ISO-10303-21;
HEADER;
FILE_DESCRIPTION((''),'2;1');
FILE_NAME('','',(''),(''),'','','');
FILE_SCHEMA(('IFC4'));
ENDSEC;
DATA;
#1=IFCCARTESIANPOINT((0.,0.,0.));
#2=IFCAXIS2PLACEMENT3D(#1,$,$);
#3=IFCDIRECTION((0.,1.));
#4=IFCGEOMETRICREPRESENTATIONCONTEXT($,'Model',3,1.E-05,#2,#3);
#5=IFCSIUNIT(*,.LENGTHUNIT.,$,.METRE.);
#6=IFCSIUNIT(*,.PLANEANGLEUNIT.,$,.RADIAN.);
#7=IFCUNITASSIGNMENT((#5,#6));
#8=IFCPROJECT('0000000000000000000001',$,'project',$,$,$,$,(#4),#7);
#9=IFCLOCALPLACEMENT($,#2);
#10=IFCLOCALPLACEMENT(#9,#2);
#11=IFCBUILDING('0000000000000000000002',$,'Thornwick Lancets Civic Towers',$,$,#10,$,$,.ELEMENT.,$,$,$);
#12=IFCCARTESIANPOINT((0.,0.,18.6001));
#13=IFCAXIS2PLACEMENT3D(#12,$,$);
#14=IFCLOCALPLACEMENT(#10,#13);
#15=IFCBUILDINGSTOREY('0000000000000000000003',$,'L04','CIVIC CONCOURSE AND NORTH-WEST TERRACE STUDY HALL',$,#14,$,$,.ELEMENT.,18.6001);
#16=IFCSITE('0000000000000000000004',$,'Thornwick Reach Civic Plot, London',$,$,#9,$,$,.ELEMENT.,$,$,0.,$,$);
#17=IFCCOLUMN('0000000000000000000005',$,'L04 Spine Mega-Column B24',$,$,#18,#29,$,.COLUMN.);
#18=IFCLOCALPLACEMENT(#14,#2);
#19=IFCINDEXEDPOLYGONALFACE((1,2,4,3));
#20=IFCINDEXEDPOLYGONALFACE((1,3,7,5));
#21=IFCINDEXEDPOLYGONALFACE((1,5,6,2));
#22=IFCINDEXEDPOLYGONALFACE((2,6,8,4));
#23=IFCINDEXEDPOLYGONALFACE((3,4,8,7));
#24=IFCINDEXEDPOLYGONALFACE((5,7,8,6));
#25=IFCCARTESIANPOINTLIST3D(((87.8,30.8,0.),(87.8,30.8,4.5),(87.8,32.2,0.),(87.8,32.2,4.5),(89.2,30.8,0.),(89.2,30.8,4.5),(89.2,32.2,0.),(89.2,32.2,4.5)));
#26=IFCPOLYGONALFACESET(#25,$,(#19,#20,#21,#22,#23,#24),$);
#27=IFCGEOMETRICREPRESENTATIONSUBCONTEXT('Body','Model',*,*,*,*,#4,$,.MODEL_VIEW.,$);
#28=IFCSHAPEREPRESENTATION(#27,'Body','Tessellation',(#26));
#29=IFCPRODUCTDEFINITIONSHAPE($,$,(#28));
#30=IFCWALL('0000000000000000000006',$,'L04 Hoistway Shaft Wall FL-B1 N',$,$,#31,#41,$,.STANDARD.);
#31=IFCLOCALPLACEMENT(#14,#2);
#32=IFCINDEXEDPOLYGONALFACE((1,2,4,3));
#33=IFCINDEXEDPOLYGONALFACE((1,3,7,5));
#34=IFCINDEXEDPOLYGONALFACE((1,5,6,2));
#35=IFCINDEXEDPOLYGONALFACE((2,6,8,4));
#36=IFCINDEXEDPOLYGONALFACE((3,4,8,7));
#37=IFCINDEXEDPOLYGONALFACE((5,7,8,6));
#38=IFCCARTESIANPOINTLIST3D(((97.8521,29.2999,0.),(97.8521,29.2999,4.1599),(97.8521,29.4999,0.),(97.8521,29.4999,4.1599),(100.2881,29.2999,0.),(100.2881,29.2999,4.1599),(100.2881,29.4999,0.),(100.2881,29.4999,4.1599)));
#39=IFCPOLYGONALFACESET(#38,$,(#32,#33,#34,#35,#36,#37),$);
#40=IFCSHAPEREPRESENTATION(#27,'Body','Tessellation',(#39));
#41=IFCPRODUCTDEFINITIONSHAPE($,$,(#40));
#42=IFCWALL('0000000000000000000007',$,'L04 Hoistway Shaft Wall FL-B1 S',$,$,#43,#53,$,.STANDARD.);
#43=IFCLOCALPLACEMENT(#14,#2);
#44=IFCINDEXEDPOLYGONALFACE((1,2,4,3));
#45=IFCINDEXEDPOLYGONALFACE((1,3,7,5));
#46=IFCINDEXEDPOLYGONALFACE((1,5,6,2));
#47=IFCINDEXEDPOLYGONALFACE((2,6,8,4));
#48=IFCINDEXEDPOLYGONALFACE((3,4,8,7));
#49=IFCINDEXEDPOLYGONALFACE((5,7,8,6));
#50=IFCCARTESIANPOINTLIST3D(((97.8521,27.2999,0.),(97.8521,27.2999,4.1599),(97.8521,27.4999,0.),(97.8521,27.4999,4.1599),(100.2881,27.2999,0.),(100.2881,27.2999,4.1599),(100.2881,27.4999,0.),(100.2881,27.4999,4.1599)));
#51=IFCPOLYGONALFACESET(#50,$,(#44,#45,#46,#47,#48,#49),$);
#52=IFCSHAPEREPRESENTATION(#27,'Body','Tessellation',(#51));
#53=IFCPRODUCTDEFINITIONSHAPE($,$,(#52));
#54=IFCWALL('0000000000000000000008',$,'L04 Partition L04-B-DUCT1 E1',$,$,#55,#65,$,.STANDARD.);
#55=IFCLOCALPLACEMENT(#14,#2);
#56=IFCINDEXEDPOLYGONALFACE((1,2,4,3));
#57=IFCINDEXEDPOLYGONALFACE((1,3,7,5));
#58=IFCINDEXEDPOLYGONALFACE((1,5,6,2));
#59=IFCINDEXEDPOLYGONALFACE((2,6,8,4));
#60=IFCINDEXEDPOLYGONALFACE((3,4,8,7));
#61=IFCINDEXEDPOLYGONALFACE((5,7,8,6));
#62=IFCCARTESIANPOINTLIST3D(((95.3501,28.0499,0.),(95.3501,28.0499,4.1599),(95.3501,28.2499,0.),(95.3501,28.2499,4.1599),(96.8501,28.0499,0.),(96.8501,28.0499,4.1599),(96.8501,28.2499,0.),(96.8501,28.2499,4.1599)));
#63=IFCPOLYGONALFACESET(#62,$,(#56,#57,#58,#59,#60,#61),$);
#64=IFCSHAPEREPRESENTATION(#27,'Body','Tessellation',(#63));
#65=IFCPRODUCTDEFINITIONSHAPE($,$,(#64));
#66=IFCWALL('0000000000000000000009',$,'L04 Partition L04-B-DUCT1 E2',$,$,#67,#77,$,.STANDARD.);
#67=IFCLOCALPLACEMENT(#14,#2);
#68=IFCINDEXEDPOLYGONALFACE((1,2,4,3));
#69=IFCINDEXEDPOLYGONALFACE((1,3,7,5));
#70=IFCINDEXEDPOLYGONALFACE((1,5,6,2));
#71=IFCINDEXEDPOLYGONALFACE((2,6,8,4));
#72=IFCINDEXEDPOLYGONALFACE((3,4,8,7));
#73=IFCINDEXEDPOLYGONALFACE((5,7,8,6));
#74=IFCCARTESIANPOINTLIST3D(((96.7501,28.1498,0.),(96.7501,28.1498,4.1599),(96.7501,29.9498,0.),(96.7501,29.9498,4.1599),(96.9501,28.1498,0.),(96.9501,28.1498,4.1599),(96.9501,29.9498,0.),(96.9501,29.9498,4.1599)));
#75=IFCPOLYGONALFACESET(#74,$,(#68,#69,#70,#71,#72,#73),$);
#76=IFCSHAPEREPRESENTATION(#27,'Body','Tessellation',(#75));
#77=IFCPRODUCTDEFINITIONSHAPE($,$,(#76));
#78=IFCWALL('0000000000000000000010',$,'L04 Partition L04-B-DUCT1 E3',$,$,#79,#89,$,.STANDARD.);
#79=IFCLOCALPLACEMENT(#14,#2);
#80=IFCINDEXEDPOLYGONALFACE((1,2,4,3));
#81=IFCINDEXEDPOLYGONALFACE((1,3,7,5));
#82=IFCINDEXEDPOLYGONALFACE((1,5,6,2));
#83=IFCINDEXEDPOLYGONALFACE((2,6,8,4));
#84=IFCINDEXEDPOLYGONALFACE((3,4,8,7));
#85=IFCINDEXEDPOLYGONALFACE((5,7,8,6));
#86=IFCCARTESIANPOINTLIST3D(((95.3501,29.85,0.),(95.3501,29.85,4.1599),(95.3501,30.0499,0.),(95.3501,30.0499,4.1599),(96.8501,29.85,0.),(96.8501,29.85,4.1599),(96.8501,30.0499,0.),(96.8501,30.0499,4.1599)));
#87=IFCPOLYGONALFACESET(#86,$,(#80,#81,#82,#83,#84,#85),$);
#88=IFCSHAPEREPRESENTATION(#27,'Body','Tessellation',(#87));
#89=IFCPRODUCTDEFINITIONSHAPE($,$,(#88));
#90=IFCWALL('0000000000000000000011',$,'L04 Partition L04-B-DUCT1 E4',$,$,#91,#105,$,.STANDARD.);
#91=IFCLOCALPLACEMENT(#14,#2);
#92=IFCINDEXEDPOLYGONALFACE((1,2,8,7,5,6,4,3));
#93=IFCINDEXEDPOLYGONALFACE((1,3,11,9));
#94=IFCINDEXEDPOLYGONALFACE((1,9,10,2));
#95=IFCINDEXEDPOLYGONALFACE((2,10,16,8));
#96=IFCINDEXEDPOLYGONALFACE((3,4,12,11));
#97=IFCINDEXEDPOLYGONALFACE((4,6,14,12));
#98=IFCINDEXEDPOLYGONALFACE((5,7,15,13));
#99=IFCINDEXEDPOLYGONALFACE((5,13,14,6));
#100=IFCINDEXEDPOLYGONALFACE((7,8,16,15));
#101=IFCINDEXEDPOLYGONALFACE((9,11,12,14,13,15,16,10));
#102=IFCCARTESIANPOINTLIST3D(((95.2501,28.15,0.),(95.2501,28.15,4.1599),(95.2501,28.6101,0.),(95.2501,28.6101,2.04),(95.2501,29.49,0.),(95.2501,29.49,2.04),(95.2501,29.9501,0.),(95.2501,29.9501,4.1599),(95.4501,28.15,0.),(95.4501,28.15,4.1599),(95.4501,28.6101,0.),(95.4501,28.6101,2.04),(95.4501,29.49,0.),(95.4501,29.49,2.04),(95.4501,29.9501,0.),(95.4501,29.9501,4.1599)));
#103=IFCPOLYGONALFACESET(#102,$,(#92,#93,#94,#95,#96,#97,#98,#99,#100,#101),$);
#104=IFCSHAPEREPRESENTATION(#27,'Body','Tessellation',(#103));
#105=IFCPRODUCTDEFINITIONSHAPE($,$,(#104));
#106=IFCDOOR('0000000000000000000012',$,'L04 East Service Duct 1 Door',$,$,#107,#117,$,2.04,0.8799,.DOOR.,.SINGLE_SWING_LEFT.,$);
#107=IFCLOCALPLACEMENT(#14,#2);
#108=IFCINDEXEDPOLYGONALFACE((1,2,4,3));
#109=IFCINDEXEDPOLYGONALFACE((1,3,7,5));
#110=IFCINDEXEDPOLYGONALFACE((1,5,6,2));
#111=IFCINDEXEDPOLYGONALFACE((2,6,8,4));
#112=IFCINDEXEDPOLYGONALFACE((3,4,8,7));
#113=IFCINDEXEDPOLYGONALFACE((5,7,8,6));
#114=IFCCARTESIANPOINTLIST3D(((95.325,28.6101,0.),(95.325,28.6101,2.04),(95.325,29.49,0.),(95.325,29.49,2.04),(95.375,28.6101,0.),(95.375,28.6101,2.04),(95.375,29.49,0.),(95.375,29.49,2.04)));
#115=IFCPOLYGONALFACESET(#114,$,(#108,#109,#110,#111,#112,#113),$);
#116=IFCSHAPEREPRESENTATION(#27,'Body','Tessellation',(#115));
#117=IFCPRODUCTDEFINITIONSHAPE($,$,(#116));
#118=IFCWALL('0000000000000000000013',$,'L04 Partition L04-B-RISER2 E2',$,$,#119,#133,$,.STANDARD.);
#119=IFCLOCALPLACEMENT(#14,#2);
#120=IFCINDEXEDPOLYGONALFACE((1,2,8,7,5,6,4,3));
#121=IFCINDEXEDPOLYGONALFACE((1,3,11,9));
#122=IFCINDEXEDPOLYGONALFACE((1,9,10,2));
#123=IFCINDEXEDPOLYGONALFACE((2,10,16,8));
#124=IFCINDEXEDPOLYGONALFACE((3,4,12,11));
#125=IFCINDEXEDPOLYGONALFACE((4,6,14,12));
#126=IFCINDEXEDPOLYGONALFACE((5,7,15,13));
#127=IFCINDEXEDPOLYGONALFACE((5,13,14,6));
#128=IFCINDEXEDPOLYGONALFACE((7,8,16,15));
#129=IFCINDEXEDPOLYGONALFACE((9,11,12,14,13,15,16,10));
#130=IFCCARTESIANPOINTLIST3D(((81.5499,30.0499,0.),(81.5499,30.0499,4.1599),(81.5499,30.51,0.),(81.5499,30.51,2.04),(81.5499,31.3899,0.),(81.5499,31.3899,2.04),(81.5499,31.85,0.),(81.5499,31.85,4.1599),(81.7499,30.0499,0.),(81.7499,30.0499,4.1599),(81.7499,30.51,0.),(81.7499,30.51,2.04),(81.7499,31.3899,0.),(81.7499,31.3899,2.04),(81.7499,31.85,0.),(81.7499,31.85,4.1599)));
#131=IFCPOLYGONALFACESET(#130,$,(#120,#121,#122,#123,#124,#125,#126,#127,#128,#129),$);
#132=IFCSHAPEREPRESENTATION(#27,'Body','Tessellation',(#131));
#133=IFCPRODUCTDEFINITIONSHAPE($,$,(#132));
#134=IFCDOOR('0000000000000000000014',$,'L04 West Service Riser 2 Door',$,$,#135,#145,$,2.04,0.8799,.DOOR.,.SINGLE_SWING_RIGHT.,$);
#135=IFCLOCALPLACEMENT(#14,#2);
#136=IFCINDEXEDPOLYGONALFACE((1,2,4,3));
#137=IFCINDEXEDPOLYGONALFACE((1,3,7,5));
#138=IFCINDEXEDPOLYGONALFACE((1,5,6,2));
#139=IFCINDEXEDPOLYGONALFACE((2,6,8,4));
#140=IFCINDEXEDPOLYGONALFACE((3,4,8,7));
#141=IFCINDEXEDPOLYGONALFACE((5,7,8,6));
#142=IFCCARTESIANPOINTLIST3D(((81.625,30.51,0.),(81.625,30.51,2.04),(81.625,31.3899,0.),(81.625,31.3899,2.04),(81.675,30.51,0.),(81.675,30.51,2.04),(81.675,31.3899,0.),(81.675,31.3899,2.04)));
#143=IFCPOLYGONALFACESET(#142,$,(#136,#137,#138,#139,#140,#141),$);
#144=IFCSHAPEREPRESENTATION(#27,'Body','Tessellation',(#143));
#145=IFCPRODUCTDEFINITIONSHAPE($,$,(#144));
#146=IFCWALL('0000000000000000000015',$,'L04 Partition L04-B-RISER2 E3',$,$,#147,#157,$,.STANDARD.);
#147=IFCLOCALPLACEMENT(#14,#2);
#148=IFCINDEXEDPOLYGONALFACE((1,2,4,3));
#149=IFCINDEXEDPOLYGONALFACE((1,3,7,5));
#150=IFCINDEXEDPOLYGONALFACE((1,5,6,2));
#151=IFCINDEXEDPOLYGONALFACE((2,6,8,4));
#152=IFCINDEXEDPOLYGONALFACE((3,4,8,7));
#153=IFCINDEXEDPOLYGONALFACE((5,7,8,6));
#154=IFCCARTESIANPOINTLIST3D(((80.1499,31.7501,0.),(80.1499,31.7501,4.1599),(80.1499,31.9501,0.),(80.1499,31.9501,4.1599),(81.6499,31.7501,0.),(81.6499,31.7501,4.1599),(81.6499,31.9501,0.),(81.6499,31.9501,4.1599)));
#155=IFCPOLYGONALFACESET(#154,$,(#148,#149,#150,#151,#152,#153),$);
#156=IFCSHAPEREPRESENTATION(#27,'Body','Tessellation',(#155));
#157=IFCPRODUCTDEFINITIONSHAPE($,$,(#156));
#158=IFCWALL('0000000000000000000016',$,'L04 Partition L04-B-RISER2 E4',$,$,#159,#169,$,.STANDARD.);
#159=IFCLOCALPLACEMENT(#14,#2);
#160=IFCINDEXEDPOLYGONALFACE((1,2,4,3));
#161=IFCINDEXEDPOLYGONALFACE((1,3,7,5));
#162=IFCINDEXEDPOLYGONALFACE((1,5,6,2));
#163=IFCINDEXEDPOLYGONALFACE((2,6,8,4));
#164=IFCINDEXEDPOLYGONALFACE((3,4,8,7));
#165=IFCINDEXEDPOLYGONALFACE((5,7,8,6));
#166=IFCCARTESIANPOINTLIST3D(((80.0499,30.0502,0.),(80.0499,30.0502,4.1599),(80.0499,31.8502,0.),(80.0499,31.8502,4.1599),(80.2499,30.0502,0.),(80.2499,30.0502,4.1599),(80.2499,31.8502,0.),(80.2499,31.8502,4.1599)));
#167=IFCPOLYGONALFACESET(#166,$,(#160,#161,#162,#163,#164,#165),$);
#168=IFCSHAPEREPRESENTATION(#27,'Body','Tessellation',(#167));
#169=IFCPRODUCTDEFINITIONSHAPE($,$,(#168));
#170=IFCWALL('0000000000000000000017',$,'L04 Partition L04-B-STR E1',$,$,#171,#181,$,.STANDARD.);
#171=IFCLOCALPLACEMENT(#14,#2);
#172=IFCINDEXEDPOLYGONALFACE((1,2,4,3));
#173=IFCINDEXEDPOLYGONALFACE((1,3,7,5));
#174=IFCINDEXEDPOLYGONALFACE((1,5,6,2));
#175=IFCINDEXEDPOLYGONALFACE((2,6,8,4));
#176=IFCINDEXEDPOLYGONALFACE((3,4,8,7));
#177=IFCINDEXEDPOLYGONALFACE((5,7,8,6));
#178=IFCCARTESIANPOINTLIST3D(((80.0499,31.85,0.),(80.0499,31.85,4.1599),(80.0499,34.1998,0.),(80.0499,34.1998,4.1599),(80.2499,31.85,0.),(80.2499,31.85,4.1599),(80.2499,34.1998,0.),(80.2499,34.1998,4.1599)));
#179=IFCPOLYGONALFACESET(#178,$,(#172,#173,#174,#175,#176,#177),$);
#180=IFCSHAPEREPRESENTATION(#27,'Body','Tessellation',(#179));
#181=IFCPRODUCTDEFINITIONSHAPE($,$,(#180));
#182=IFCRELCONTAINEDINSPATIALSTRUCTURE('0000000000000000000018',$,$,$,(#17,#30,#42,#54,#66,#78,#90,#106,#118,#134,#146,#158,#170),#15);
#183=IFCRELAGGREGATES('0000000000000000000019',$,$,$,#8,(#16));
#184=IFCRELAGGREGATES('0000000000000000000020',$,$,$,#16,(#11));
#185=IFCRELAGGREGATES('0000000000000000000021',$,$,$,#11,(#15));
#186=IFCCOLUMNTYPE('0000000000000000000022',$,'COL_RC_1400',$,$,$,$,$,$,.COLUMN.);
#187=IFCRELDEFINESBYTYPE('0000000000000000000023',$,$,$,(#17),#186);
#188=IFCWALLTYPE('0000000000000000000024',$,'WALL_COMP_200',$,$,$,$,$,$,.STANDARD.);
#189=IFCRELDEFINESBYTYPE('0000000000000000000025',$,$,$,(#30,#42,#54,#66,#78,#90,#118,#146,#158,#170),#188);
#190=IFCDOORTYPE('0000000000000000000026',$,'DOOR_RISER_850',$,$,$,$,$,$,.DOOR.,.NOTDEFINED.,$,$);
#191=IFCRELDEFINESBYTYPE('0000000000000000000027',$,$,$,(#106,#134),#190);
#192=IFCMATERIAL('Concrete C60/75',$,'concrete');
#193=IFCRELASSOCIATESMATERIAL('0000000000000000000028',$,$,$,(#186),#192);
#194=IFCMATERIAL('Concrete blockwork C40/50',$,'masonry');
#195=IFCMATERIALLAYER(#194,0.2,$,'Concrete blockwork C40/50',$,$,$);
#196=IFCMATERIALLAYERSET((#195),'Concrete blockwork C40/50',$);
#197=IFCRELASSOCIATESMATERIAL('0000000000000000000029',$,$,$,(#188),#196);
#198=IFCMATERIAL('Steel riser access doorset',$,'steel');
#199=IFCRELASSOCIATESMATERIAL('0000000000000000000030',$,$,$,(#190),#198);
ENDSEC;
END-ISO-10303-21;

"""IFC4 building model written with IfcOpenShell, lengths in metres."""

from ifc_helpers import new_model, si_unit, direction, frame, frame_2d, origin, origin_2d, place, context, subcontext, project, spatial, rectangle, extrude, material, layer, layer_set, material_profile, profile_set, type_object, element, fill, save


model = new_model("IFC4")

# Units and contexts
model_context = context("Model", 3, precision=1e-05, world=origin(), true_north=direction((0.0, 1.0)))
body_context = subcontext(model_context, "Body", "Model", "MODEL_VIEW")
ifc_project = project(units=[si_unit("LENGTHUNIT", "METRE"), si_unit("PLANEANGLEUNIT", "RADIAN")], contexts=[model_context])

# Site, building, storey
site_placement = place(None, origin())
site = spatial("IfcSite", under=ifc_project, at=site_placement, Name="Thornwick Reach Civic Plot, London", CompositionType="ELEMENT", RefElevation=0.0)
building_placement = place(site_placement, origin())
building = spatial("IfcBuilding", under=site, at=building_placement, Name="Thornwick Lancets Civic Towers", CompositionType="ELEMENT")
storey_placement = place(building_placement, frame((0.0, 0.0, 18.6001)))
storey = spatial("IfcBuildingStorey", under=building, at=storey_placement, Name="L04", Description="CIVIC CONCOURSE AND NORTH-WEST TERRACE STUDY HALL", CompositionType="ELEMENT", Elevation=18.6001)

# Column
ifc_material_1 = material(Name="Concrete C60/75", Category="concrete")
ifc_material_profile = material_profile(ifc_material_1, rectangle(XDim=1.3999, YDim=1.3999, at=origin_2d()), Name="RC 1400x1400")
ifc_profile_set = profile_set([ifc_material_profile], Name="Concrete C60/75")
column_type = type_object("IfcColumnType", Name="COL_RC_1400", PredefinedType="COLUMN", material=ifc_profile_set)
column_placement = place(storey_placement, frame((88.5, 31.5, 0.0), z_axis=(0.0, 0.0, 1.0), x_axis=(1.0, 0.0, 0.0)))
element("IfcColumn", 1, at=column_placement, inside=storey, type_object=column_type, Name="L04 Spine Mega-Column B24", PredefinedType="COLUMN", context=body_context, shape_type="SweptSolid", body=[
    extrude(rectangle(XDim=1.3999, YDim=1.3999, at=origin_2d()), origin(), (0.0, 0.0, 1.0), 4.5),
])

# Walls
ifc_material_2 = material(Name="Concrete blockwork C40/50", Category="masonry")
ifc_layer_1 = layer(ifc_material_2, 0.2, Name="Concrete blockwork C40/50")
ifc_layer_set_1 = layer_set([ifc_layer_1], Name="Concrete blockwork C40/50")
wall_type_1 = type_object("IfcWallType", Name="WALL_COMP_200", PredefinedType="STANDARD", material=ifc_layer_set_1)
for number, where, z_axis, x_axis, name in (
    (2, (97.8521, 29.3999, 0.0), (0.0, 0.0, 1.0), (1.0, 0.0, 0.0), "L04 Hoistway Shaft Wall FL-B1 N"),
    (3, (97.8521, 27.3999, 0.0), (0.0, 0.0, 1.0), (1.0, 0.0, 0.0), "L04 Hoistway Shaft Wall FL-B1 S"),
):
    element("IfcWall", number, at=place(storey_placement, frame(where, z_axis=z_axis, x_axis=x_axis)), inside=storey, type_object=wall_type_1, Name=name, PredefinedType="STANDARD", context=body_context, shape_type="SweptSolid", body=[
        extrude(rectangle(XDim=2.436, YDim=0.2, at=frame_2d((1.218, 0.0))), origin(), (0.0, 0.0, 1.0), 4.1599),
    ])
wall_1_placement = place(storey_placement, frame((95.3501, 28.1499, 0.0), z_axis=(0.0, 0.0, 1.0), x_axis=(1.0, 0.0, 0.0)))
element("IfcWall", 4, at=wall_1_placement, inside=storey, type_object=wall_type_1, Name="L04 Partition L04-B-DUCT1 E1", PredefinedType="STANDARD", context=body_context, shape_type="SweptSolid", body=[
    extrude(rectangle(XDim=1.5, YDim=0.2, at=frame_2d((0.75, 0.0))), origin(), (0.0, 0.0, 1.0), 4.1599),
])
wall_2_placement = place(storey_placement, frame((96.8501, 28.1499, 0.0), z_axis=(0.0, 0.0, 1.0), x_axis=(0.0, 1.0, 0.0)))
element("IfcWall", 5, at=wall_2_placement, inside=storey, type_object=wall_type_1, Name="L04 Partition L04-B-DUCT1 E2", PredefinedType="STANDARD", context=body_context, shape_type="SweptSolid", body=[
    extrude(rectangle(XDim=1.8, YDim=0.2, at=frame_2d((0.8999, 0.0))), origin(), (0.0, 0.0, 1.0), 4.1599),
])
wall_3_placement = place(storey_placement, frame((96.8501, 29.95, 0.0), z_axis=(0.0, 0.0, 1.0), x_axis=(-1.0, 0.0, 0.0)))
element("IfcWall", 6, at=wall_3_placement, inside=storey, type_object=wall_type_1, Name="L04 Partition L04-B-DUCT1 E3", PredefinedType="STANDARD", context=body_context, shape_type="SweptSolid", body=[
    extrude(rectangle(XDim=1.5, YDim=0.2, at=frame_2d((0.75, 0.0))), origin(), (0.0, 0.0, 1.0), 4.1599),
])

# Walls, openings, doors
wall_4_placement = place(storey_placement, frame((95.3501, 29.95, 0.0), z_axis=(0.0, 0.0, 1.0), x_axis=(0.0, -1.0, 0.0)))
wall_4 = element("IfcWall", 7, at=wall_4_placement, inside=storey, type_object=wall_type_1, Name="L04 Partition L04-B-DUCT1 E4", PredefinedType="STANDARD", context=body_context, shape_type="SweptSolid", body=[
    extrude(rectangle(XDim=1.8, YDim=0.2, at=frame_2d((0.8999, 0.0))), origin(), (0.0, 0.0, 1.0), 4.1599),
])
opening_1_placement = place(wall_4_placement, frame((0.46, 0.0, 0.0)))
opening_1 = element("IfcOpeningElement", 8, at=opening_1_placement, cuts=wall_4, PredefinedType="OPENING", context=body_context, shape_type="SweptSolid", body=[
    extrude(rectangle(XDim=0.8799, YDim=2.04, at=frame_2d((0.4399, 1.02))), frame((0.0, 0.1099, 0.0), z_axis=(0.0, -1.0, 0.0), x_axis=(1.0, 0.0, 0.0)), (0.0, 0.0, 1.0), 0.22),
])
ifc_material_3 = material(Name="Steel riser access doorset", Category="steel")
door_type_1 = type_object("IfcDoorType", Name="DOOR_RISER_850", OperationType="NOTDEFINED", PredefinedType="DOOR", material=ifc_material_3)
door_1_placement = place(opening_1_placement, origin())
door_1 = element("IfcDoor", 9, at=door_1_placement, inside=storey, type_object=door_type_1, Name="L04 East Service Duct 1 Door", OperationType="SINGLE_SWING_LEFT", OverallHeight=2.04, OverallWidth=0.8799, PredefinedType="DOOR", context=body_context, shape_type="SweptSolid", body=[
    extrude(rectangle(XDim=0.8799, YDim=2.04, at=frame_2d((0.4399, 1.02))), frame((0.0, 0.0249, 0.0), z_axis=(0.0, -1.0, 0.0), x_axis=(1.0, 0.0, 0.0)), (0.0, 0.0, 1.0), 0.05),
])
fill(opening_1, door_1)
wall_5_placement = place(storey_placement, frame((81.6499, 30.05, 0.0), z_axis=(0.0, 0.0, 1.0), x_axis=(0.0, 1.0, 0.0)))
wall_5 = element("IfcWall", 10, at=wall_5_placement, inside=storey, type_object=wall_type_1, Name="L04 Partition L04-B-RISER2 E2", PredefinedType="STANDARD", context=body_context, shape_type="SweptSolid", body=[
    extrude(rectangle(XDim=1.8, YDim=0.2, at=frame_2d((0.8999, 0.0))), origin(), (0.0, 0.0, 1.0), 4.1599),
])
opening_2_placement = place(wall_5_placement, frame((0.46, 0.0, 0.0)))
opening_2 = element("IfcOpeningElement", 11, at=opening_2_placement, cuts=wall_5, PredefinedType="OPENING", context=body_context, shape_type="SweptSolid", body=[
    extrude(rectangle(XDim=0.8799, YDim=2.04, at=frame_2d((0.4399, 1.02))), frame((0.0, 0.1099, 0.0), z_axis=(0.0, -1.0, 0.0), x_axis=(1.0, 0.0, 0.0)), (0.0, 0.0, 1.0), 0.22),
])
door_2_placement = place(opening_2_placement, origin())
door_2 = element("IfcDoor", 12, at=door_2_placement, inside=storey, type_object=door_type_1, Name="L04 West Service Riser 2 Door", OperationType="SINGLE_SWING_RIGHT", OverallHeight=2.04, OverallWidth=0.8799, PredefinedType="DOOR", context=body_context, shape_type="SweptSolid", body=[
    extrude(rectangle(XDim=0.8799, YDim=2.04, at=frame_2d((0.4399, 1.02))), frame((0.0, 0.0249, 0.0), z_axis=(0.0, -1.0, 0.0), x_axis=(1.0, 0.0, 0.0)), (0.0, 0.0, 1.0), 0.05),
])
fill(opening_2, door_2)

# Walls
wall_6_placement = place(storey_placement, frame((81.6499, 31.8501, 0.0), z_axis=(0.0, 0.0, 1.0), x_axis=(-1.0, 0.0, 0.0)))
element("IfcWall", 13, at=wall_6_placement, inside=storey, type_object=wall_type_1, Name="L04 Partition L04-B-RISER2 E3", PredefinedType="STANDARD", context=body_context, shape_type="SweptSolid", body=[
    extrude(rectangle(XDim=1.5, YDim=0.2, at=frame_2d((0.75, 0.0))), origin(), (0.0, 0.0, 1.0), 4.1599),
])
wall_7_placement = place(storey_placement, frame((80.1499, 31.8501, 0.0), z_axis=(0.0, 0.0, 1.0), x_axis=(0.0, -1.0, 0.0)))
element("IfcWall", 14, at=wall_7_placement, inside=storey, type_object=wall_type_1, Name="L04 Partition L04-B-RISER2 E4", PredefinedType="STANDARD", context=body_context, shape_type="SweptSolid", body=[
    extrude(rectangle(XDim=1.8, YDim=0.2, at=frame_2d((0.8999, 0.0))), origin(), (0.0, 0.0, 1.0), 4.1599),
])
wall_8_placement = place(storey_placement, frame((80.1499, 31.8501, 0.0), z_axis=(0.0, 0.0, 1.0), x_axis=(0.0, 1.0, 0.0)))
element("IfcWall", 15, at=wall_8_placement, inside=storey, type_object=wall_type_1, Name="L04 Partition L04-B-STR E1", PredefinedType="STANDARD", context=body_context, shape_type="SweptSolid", body=[
    extrude(rectangle(XDim=2.3499, YDim=0.2, at=frame_2d((1.1748, 0.0))), origin(), (0.0, 0.0, 1.0), 4.1599),
])

save(model, "model.ifc")
